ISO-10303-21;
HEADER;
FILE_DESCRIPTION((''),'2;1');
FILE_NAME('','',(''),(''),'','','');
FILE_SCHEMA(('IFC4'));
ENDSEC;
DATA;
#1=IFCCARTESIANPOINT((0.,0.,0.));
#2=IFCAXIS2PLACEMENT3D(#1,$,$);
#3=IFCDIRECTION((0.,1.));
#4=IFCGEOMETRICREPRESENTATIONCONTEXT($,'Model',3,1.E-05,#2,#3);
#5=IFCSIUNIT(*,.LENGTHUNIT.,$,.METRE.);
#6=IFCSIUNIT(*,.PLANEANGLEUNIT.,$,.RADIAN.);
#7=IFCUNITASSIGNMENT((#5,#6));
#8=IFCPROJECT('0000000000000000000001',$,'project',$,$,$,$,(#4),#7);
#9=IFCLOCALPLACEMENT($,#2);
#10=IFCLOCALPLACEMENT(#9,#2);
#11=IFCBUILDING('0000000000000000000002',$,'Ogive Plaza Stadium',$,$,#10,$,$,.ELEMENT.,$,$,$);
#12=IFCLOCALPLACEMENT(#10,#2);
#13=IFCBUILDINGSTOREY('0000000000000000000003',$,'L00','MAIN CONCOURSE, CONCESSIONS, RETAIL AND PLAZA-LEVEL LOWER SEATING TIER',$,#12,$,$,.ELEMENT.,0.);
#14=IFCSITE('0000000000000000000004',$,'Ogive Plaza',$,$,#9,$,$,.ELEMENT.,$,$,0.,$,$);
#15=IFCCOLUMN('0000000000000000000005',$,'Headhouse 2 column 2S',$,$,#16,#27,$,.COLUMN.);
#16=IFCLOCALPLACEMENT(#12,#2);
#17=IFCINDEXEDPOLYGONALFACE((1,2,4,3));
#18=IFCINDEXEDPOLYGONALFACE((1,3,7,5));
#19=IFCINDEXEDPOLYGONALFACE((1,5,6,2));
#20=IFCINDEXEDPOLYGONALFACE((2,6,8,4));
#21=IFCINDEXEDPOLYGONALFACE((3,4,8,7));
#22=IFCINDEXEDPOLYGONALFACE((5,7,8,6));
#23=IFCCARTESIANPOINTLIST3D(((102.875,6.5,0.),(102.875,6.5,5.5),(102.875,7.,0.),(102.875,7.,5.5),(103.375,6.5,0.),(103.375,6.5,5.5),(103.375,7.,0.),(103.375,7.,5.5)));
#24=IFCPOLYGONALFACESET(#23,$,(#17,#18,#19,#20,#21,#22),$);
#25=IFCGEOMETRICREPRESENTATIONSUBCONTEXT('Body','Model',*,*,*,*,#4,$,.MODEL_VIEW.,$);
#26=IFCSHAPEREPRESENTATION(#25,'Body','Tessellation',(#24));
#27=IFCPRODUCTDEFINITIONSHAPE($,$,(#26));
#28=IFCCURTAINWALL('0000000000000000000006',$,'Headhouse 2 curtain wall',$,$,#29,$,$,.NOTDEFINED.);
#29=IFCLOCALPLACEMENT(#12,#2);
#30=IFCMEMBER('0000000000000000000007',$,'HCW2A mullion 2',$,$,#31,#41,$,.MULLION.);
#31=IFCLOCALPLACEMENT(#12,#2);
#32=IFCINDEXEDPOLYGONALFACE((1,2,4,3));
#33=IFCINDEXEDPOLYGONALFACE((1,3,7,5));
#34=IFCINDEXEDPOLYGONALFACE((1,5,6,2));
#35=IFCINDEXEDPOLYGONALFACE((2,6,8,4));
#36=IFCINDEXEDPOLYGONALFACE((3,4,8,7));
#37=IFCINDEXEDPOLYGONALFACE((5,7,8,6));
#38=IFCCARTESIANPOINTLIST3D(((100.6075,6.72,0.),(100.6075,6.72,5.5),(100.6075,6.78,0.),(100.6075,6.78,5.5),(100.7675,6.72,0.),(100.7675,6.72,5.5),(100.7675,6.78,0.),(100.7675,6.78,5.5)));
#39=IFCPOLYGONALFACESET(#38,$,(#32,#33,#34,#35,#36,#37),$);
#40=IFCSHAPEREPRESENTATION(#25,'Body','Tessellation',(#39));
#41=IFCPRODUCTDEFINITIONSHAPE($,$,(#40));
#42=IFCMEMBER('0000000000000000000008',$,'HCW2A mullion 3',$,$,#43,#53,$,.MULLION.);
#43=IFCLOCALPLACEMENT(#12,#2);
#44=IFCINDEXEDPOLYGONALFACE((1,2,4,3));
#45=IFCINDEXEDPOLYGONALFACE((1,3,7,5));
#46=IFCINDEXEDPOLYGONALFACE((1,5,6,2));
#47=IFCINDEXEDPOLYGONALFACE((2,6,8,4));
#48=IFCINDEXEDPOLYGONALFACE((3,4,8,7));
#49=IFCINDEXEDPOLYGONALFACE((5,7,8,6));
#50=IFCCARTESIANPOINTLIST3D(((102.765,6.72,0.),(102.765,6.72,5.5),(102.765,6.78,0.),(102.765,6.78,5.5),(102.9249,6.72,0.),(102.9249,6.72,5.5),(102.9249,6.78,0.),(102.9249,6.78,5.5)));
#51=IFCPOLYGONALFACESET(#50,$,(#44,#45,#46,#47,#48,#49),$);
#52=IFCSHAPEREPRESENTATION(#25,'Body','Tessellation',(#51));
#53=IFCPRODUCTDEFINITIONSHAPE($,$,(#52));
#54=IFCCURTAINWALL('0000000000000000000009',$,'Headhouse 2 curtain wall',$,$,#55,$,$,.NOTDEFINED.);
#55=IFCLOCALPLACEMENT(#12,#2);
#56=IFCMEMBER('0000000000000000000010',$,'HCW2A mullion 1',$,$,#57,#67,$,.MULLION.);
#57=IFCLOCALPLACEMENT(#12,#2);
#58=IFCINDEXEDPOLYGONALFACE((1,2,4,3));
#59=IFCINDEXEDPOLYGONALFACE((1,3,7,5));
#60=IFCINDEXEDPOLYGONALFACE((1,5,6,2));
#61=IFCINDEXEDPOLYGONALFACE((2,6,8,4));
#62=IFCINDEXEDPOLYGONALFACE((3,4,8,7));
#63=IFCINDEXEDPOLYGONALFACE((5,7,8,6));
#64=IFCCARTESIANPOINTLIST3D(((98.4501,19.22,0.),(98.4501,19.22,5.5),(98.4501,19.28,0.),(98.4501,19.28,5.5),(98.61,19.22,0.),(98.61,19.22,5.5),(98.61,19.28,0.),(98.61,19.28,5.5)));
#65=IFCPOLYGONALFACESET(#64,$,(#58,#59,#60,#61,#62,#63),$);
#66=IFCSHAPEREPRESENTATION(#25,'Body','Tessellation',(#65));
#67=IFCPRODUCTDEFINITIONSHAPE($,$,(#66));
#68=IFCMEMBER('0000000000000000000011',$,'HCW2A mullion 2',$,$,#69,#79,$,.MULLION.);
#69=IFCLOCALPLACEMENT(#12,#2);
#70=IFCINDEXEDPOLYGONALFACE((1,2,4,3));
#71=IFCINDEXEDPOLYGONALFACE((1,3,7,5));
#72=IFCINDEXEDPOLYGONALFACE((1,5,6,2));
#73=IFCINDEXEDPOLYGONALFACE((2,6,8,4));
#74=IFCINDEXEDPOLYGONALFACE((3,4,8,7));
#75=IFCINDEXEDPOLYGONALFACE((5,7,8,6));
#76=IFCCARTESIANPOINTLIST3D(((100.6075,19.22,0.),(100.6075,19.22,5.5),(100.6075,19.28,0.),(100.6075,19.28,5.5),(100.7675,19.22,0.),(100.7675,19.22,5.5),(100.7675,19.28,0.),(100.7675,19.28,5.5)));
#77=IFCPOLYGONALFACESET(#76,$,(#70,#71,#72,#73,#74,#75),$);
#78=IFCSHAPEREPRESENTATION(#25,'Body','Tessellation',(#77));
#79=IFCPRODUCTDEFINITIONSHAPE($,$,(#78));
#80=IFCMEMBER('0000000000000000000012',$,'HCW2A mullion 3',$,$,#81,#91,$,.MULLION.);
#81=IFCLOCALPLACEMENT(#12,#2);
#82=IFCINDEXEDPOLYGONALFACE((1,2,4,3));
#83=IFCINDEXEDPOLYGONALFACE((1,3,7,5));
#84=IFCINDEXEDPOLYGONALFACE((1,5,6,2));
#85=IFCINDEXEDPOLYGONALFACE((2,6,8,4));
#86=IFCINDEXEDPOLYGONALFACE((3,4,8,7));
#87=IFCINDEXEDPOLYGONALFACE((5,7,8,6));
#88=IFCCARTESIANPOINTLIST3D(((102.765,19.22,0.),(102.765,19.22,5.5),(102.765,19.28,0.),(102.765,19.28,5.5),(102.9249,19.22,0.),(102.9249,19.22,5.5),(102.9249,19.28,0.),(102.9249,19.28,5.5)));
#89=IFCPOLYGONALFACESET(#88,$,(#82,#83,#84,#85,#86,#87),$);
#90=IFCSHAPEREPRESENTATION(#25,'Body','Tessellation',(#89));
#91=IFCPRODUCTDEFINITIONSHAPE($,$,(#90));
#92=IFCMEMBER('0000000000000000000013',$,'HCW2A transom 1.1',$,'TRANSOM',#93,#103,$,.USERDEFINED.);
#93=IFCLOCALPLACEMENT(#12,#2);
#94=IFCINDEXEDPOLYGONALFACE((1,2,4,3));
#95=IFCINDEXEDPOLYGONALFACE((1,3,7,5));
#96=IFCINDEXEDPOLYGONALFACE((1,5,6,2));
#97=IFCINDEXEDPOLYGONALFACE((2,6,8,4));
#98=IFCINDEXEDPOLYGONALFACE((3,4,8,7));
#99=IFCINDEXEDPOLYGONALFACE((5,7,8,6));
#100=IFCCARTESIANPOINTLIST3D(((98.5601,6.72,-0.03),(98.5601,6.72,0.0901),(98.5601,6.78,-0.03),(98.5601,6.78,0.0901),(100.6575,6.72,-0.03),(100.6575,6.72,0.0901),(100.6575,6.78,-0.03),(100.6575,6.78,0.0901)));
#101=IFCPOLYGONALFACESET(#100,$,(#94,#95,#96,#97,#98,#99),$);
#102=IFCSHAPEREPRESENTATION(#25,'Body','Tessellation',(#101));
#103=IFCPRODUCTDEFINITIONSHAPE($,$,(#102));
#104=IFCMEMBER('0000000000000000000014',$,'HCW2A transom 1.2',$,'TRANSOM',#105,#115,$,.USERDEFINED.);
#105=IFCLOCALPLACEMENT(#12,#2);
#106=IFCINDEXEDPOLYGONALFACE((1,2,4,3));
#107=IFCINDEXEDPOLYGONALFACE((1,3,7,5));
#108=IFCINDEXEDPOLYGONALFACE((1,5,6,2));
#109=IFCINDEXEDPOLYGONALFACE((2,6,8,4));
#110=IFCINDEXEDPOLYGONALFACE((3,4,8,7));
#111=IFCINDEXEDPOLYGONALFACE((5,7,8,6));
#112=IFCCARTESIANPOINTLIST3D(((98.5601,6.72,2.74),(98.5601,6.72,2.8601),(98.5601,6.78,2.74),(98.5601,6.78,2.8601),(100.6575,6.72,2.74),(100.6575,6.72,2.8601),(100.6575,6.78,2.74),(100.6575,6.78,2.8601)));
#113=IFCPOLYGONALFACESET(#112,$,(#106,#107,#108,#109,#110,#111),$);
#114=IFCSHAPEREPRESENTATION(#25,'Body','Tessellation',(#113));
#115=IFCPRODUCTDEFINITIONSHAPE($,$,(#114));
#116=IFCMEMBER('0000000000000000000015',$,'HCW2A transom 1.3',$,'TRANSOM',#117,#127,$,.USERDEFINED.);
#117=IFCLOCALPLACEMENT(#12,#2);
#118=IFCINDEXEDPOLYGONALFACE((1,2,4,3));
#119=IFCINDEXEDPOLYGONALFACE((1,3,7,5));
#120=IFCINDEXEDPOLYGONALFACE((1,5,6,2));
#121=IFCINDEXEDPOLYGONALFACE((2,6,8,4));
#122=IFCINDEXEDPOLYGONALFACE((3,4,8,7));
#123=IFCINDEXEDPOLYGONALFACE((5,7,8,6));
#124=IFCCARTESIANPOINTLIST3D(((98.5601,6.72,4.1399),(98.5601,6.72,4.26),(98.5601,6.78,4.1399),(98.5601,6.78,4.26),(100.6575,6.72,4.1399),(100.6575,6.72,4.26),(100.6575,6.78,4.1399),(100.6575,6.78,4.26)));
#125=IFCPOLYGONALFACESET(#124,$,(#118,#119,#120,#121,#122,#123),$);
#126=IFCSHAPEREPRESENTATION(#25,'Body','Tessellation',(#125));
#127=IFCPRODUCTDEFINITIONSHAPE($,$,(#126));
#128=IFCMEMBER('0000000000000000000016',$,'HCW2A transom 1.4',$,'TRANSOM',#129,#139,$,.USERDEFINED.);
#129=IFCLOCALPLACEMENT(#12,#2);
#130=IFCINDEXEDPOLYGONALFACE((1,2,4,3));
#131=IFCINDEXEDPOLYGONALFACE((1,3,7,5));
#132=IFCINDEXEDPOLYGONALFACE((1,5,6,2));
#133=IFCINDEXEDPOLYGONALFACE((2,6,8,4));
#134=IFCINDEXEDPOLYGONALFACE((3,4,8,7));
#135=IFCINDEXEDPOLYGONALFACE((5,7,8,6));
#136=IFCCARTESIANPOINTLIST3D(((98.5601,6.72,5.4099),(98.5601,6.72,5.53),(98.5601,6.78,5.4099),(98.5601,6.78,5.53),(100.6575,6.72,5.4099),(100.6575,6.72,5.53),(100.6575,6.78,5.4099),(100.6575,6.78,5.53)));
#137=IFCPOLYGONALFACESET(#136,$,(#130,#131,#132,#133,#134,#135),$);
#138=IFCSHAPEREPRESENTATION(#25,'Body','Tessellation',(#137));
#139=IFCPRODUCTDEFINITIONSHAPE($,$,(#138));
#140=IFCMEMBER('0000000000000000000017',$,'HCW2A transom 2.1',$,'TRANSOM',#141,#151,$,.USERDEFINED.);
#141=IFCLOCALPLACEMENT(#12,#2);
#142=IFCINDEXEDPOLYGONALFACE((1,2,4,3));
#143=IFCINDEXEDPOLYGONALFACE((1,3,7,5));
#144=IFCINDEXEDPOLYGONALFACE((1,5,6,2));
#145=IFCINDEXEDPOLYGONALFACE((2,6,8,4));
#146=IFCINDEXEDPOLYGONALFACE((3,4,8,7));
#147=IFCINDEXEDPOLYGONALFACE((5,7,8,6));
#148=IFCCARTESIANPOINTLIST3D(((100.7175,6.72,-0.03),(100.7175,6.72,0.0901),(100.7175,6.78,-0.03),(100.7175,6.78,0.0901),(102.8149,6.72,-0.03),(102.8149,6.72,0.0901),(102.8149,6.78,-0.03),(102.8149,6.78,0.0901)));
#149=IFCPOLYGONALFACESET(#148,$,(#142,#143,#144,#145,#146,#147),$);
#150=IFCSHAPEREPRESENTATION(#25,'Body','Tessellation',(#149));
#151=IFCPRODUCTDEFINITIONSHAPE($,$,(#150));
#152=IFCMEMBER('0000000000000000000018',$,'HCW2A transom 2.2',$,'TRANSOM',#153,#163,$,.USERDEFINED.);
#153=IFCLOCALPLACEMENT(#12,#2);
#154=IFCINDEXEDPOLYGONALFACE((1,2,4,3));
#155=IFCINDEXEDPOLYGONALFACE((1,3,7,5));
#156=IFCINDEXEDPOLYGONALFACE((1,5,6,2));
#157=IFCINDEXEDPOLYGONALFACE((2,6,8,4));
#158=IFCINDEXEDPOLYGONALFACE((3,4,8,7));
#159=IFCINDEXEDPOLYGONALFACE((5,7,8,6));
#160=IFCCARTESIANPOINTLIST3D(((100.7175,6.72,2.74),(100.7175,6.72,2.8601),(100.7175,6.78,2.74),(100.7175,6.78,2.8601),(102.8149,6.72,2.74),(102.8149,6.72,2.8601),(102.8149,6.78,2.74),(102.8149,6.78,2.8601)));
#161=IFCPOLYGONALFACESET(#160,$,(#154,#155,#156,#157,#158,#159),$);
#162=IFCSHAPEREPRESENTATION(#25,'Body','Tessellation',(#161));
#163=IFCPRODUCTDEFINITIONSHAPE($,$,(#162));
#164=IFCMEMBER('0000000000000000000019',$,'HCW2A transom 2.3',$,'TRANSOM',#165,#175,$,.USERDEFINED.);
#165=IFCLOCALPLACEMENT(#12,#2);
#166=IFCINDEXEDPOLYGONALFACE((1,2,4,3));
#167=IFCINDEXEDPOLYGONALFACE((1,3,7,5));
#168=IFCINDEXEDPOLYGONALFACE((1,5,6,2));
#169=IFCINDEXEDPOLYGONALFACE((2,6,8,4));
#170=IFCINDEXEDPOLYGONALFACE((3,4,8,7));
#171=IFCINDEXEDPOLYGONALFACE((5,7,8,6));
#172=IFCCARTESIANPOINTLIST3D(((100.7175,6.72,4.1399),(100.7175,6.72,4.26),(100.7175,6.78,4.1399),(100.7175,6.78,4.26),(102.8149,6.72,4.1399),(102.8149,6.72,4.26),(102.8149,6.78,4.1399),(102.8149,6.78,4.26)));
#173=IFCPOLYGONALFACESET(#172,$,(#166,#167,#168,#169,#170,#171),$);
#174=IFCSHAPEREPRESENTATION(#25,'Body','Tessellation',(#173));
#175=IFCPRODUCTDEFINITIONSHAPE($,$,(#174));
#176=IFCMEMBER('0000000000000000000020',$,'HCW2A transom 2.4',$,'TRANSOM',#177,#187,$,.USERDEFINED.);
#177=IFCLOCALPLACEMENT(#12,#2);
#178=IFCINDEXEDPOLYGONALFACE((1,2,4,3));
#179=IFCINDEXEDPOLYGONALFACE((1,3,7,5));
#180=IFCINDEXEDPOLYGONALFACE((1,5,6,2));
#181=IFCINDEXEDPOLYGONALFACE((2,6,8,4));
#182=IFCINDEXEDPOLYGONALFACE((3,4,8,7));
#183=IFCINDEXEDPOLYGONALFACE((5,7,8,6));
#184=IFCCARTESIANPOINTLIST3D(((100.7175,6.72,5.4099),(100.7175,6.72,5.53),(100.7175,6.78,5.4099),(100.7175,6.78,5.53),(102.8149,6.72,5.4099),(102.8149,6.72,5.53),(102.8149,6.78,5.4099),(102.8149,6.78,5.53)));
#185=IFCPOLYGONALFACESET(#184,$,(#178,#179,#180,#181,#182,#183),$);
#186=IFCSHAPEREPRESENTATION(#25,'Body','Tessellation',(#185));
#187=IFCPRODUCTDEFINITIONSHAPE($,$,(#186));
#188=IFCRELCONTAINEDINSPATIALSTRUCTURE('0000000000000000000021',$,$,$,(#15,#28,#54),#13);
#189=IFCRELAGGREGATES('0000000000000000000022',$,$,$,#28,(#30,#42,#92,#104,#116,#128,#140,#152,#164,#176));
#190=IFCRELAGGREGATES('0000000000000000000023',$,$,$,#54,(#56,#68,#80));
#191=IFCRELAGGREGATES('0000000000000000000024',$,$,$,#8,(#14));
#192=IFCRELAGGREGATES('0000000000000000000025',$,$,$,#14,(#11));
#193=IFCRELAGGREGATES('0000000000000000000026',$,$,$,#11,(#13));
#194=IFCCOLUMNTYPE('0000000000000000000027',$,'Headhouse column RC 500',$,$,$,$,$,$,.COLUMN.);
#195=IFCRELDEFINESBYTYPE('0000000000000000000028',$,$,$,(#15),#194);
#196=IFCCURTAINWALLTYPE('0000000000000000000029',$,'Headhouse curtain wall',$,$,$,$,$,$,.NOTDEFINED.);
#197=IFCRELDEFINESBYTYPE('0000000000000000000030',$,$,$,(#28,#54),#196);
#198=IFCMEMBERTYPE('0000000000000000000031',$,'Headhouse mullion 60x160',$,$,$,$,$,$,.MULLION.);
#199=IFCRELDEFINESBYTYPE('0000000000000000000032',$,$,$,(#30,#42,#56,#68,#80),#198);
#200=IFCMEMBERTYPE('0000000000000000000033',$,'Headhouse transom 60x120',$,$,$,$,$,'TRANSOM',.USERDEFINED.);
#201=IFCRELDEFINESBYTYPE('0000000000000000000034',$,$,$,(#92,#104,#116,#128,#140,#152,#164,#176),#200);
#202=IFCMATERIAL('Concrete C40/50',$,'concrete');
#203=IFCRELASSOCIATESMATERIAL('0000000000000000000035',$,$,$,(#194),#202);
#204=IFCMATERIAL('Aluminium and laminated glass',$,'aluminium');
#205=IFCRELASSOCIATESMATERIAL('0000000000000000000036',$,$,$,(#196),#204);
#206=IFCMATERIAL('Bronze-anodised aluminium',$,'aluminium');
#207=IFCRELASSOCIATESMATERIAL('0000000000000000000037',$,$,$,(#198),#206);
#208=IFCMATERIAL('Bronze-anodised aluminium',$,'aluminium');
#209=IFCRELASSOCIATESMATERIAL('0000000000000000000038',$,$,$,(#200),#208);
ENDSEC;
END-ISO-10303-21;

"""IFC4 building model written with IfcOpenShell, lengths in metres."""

from ifc_helpers import new_model, si_unit, direction, frame, origin, origin_2d, place, context, subcontext, project, spatial, rectangle, extrude, material, material_profile, profile_set, type_object, element, aggregate, save


model = new_model("IFC4")

# Units and contexts
model_context = context("Model", 3, precision=1e-05, world=origin(), true_north=direction((0.0, 1.0)))
body_context = subcontext(model_context, "Body", "Model", "MODEL_VIEW")
ifc_project = project(units=[si_unit("LENGTHUNIT", "METRE"), si_unit("PLANEANGLEUNIT", "RADIAN")], contexts=[model_context])

# Site, building, storey
site_placement = place(None, origin())
site = spatial("IfcSite", under=ifc_project, at=site_placement, Name="Ogive Plaza", CompositionType="ELEMENT", RefElevation=0.0)
building_placement = place(site_placement, origin())
building = spatial("IfcBuilding", under=site, at=building_placement, Name="Ogive Plaza Stadium", CompositionType="ELEMENT")
storey_placement = place(building_placement, origin())
storey = spatial("IfcBuildingStorey", under=building, at=storey_placement, Name="L00", Description="MAIN CONCOURSE, CONCESSIONS, RETAIL AND PLAZA-LEVEL LOWER SEATING TIER", CompositionType="ELEMENT", Elevation=0.0)

# Column
ifc_material_1 = material(Name="Concrete C40/50", Category="concrete")
ifc_material_profile_1 = material_profile(ifc_material_1, rectangle(XDim=0.5, YDim=0.5, at=origin_2d()), Name="Headhouse column RC 500")
ifc_profile_set_1 = profile_set([ifc_material_profile_1], Name="Concrete C40/50")
column_type = type_object("IfcColumnType", Name="Headhouse column RC 500", PredefinedType="COLUMN", material=ifc_profile_set_1)
column_placement = place(storey_placement, frame((103.125, 6.75, 0.0), z_axis=(0.0, 0.0, 1.0), x_axis=(1.0, 0.0, 0.0)))
element("IfcColumn", 1, at=column_placement, inside=storey, type_object=column_type, Name="Headhouse 2 column 2S", PredefinedType="COLUMN", context=body_context, shape_type="SweptSolid", body=[
    extrude(rectangle(XDim=0.5, YDim=0.5, at=origin_2d()), origin(), (0.0, 0.0, 1.0), 5.5),
])

# Curtain walls, members
ifc_material_2 = material(Name="Aluminium and laminated glass", Category="aluminium")
curtain_wall_type = type_object("IfcCurtainWallType", Name="Headhouse curtain wall", PredefinedType="NOTDEFINED", material=ifc_material_2)
curtain_wall_1_placement = place(storey_placement, origin())
curtain_wall_1 = element("IfcCurtainWall", 2, at=curtain_wall_1_placement, inside=storey, type_object=curtain_wall_type, Name="Headhouse 2 curtain wall", PredefinedType="NOTDEFINED")
ifc_material_3 = material(Name="Bronze-anodised aluminium", Category="aluminium")
ifc_material_profile_2 = material_profile(ifc_material_3, rectangle(XDim=0.0601, YDim=0.1599, at=origin_2d()), Name="Headhouse mullion 60x160")
ifc_profile_set_2 = profile_set([ifc_material_profile_2], Name="Bronze-anodised aluminium")
member_type_1 = type_object("IfcMemberType", Name="Headhouse mullion 60x160", PredefinedType="MULLION", material=ifc_profile_set_2)
member_1_placement = place(storey_placement, frame((100.6875, 6.75, 0.0), z_axis=(0.0, 0.0, 1.0), x_axis=(0.0, 1.0, 0.0)))
member_1 = element("IfcMember", 3, at=member_1_placement, type_object=member_type_1, Name="HCW2A mullion 2", PredefinedType="MULLION", context=body_context, shape_type="SweptSolid", body=[
    extrude(rectangle(XDim=0.0601, YDim=0.1599, at=origin_2d()), origin(), (0.0, 0.0, 1.0), 5.5),
])
member_2_placement = place(storey_placement, frame((102.845, 6.75, 0.0), z_axis=(0.0, 0.0, 1.0), x_axis=(0.0, 1.0, 0.0)))
member_2 = element("IfcMember", 4, at=member_2_placement, type_object=member_type_1, Name="HCW2A mullion 3", PredefinedType="MULLION", context=body_context, shape_type="SweptSolid", body=[
    extrude(rectangle(XDim=0.0601, YDim=0.1599, at=origin_2d()), origin(), (0.0, 0.0, 1.0), 5.5),
])
curtain_wall_2_placement = place(storey_placement, origin())
curtain_wall_2 = element("IfcCurtainWall", 5, at=curtain_wall_2_placement, inside=storey, type_object=curtain_wall_type, Name="Headhouse 2 curtain wall", PredefinedType="NOTDEFINED")
member_3_placement = place(storey_placement, frame((98.53, 19.25, 0.0), z_axis=(0.0, 0.0, 1.0), x_axis=(0.0, 1.0, 0.0)))
member_3 = element("IfcMember", 6, at=member_3_placement, type_object=member_type_1, Name="HCW2A mullion 1", PredefinedType="MULLION", context=body_context, shape_type="SweptSolid", body=[
    extrude(rectangle(XDim=0.0601, YDim=0.1599, at=origin_2d()), origin(), (0.0, 0.0, 1.0), 5.5),
])
member_4_placement = place(storey_placement, frame((100.6875, 19.25, 0.0), z_axis=(0.0, 0.0, 1.0), x_axis=(0.0, 1.0, 0.0)))
member_4 = element("IfcMember", 7, at=member_4_placement, type_object=member_type_1, Name="HCW2A mullion 2", PredefinedType="MULLION", context=body_context, shape_type="SweptSolid", body=[
    extrude(rectangle(XDim=0.0601, YDim=0.1599, at=origin_2d()), origin(), (0.0, 0.0, 1.0), 5.5),
])
member_5_placement = place(storey_placement, frame((102.845, 19.25, 0.0), z_axis=(0.0, 0.0, 1.0), x_axis=(0.0, 1.0, 0.0)))
member_5 = element("IfcMember", 8, at=member_5_placement, type_object=member_type_1, Name="HCW2A mullion 3", PredefinedType="MULLION", context=body_context, shape_type="SweptSolid", body=[
    extrude(rectangle(XDim=0.0601, YDim=0.1599, at=origin_2d()), origin(), (0.0, 0.0, 1.0), 5.5),
])

# Members
ifc_material_4 = material(Name="Bronze-anodised aluminium", Category="aluminium")
ifc_material_profile_3 = material_profile(ifc_material_4, rectangle(XDim=0.0601, YDim=0.1201, at=origin_2d()), Name="Headhouse transom 60x120")
ifc_profile_set_3 = profile_set([ifc_material_profile_3], Name="Bronze-anodised aluminium")
member_type_2 = type_object("IfcMemberType", Name="Headhouse transom 60x120", ElementType="TRANSOM", PredefinedType="USERDEFINED", material=ifc_profile_set_3)
member_6_placement = place(storey_placement, frame((98.5601, 6.75, 0.03), z_axis=(1.0, 0.0, 0.0), x_axis=(0.0, 1.0, 0.0)))
member_6 = element("IfcMember", 9, at=member_6_placement, type_object=member_type_2, Name="HCW2A transom 1.1", ObjectType="TRANSOM", PredefinedType="USERDEFINED", context=body_context, shape_type="SweptSolid", body=[
    extrude(rectangle(XDim=0.0601, YDim=0.1201, at=origin_2d()), origin(), (0.0, 0.0, 1.0), 2.0974),
])
member_7_placement = place(storey_placement, frame((98.5601, 6.75, 2.8), z_axis=(1.0, 0.0, 0.0), x_axis=(0.0, 1.0, 0.0)))
member_7 = element("IfcMember", 10, at=member_7_placement, type_object=member_type_2, Name="HCW2A transom 1.2", ObjectType="TRANSOM", PredefinedType="USERDEFINED", context=body_context, shape_type="SweptSolid", body=[
    extrude(rectangle(XDim=0.0601, YDim=0.1201, at=origin_2d()), origin(), (0.0, 0.0, 1.0), 2.0974),
])
member_8_placement = place(storey_placement, frame((98.5601, 6.75, 4.2), z_axis=(1.0, 0.0, 0.0), x_axis=(0.0, 1.0, 0.0)))
member_8 = element("IfcMember", 11, at=member_8_placement, type_object=member_type_2, Name="HCW2A transom 1.3", ObjectType="TRANSOM", PredefinedType="USERDEFINED", context=body_context, shape_type="SweptSolid", body=[
    extrude(rectangle(XDim=0.0601, YDim=0.1201, at=origin_2d()), origin(), (0.0, 0.0, 1.0), 2.0974),
])
member_9_placement = place(storey_placement, frame((98.5601, 6.75, 5.47), z_axis=(1.0, 0.0, 0.0), x_axis=(0.0, 1.0, 0.0)))
member_9 = element("IfcMember", 12, at=member_9_placement, type_object=member_type_2, Name="HCW2A transom 1.4", ObjectType="TRANSOM", PredefinedType="USERDEFINED", context=body_context, shape_type="SweptSolid", body=[
    extrude(rectangle(XDim=0.0601, YDim=0.1201, at=origin_2d()), origin(), (0.0, 0.0, 1.0), 2.0974),
])
member_10_placement = place(storey_placement, frame((100.7175, 6.75, 0.03), z_axis=(1.0, 0.0, 0.0), x_axis=(0.0, 1.0, 0.0)))
member_10 = element("IfcMember", 13, at=member_10_placement, type_object=member_type_2, Name="HCW2A transom 2.1", ObjectType="TRANSOM", PredefinedType="USERDEFINED", context=body_context, shape_type="SweptSolid", body=[
    extrude(rectangle(XDim=0.0601, YDim=0.1201, at=origin_2d()), origin(), (0.0, 0.0, 1.0), 2.0974),
])
member_11_placement = place(storey_placement, frame((100.7175, 6.75, 2.8), z_axis=(1.0, 0.0, 0.0), x_axis=(0.0, 1.0, 0.0)))
member_11 = element("IfcMember", 14, at=member_11_placement, type_object=member_type_2, Name="HCW2A transom 2.2", ObjectType="TRANSOM", PredefinedType="USERDEFINED", context=body_context, shape_type="SweptSolid", body=[
    extrude(rectangle(XDim=0.0601, YDim=0.1201, at=origin_2d()), origin(), (0.0, 0.0, 1.0), 2.0974),
])
member_12_placement = place(storey_placement, frame((100.7175, 6.75, 4.2), z_axis=(1.0, 0.0, 0.0), x_axis=(0.0, 1.0, 0.0)))
member_12 = element("IfcMember", 15, at=member_12_placement, type_object=member_type_2, Name="HCW2A transom 2.3", ObjectType="TRANSOM", PredefinedType="USERDEFINED", context=body_context, shape_type="SweptSolid", body=[
    extrude(rectangle(XDim=0.0601, YDim=0.1201, at=origin_2d()), origin(), (0.0, 0.0, 1.0), 2.0974),
])
member_13_placement = place(storey_placement, frame((100.7175, 6.75, 5.47), z_axis=(1.0, 0.0, 0.0), x_axis=(0.0, 1.0, 0.0)))
member_13 = element("IfcMember", 16, at=member_13_placement, type_object=member_type_2, Name="HCW2A transom 2.4", ObjectType="TRANSOM", PredefinedType="USERDEFINED", context=body_context, shape_type="SweptSolid", body=[
    extrude(rectangle(XDim=0.0601, YDim=0.1201, at=origin_2d()), origin(), (0.0, 0.0, 1.0), 2.0974),
])

aggregate(curtain_wall_1, [member_1, member_2, member_6, member_7, member_8, member_9, member_10, member_11, member_12, member_13])
aggregate(curtain_wall_2, [member_3, member_4, member_5])

save(model, "model.ifc")
